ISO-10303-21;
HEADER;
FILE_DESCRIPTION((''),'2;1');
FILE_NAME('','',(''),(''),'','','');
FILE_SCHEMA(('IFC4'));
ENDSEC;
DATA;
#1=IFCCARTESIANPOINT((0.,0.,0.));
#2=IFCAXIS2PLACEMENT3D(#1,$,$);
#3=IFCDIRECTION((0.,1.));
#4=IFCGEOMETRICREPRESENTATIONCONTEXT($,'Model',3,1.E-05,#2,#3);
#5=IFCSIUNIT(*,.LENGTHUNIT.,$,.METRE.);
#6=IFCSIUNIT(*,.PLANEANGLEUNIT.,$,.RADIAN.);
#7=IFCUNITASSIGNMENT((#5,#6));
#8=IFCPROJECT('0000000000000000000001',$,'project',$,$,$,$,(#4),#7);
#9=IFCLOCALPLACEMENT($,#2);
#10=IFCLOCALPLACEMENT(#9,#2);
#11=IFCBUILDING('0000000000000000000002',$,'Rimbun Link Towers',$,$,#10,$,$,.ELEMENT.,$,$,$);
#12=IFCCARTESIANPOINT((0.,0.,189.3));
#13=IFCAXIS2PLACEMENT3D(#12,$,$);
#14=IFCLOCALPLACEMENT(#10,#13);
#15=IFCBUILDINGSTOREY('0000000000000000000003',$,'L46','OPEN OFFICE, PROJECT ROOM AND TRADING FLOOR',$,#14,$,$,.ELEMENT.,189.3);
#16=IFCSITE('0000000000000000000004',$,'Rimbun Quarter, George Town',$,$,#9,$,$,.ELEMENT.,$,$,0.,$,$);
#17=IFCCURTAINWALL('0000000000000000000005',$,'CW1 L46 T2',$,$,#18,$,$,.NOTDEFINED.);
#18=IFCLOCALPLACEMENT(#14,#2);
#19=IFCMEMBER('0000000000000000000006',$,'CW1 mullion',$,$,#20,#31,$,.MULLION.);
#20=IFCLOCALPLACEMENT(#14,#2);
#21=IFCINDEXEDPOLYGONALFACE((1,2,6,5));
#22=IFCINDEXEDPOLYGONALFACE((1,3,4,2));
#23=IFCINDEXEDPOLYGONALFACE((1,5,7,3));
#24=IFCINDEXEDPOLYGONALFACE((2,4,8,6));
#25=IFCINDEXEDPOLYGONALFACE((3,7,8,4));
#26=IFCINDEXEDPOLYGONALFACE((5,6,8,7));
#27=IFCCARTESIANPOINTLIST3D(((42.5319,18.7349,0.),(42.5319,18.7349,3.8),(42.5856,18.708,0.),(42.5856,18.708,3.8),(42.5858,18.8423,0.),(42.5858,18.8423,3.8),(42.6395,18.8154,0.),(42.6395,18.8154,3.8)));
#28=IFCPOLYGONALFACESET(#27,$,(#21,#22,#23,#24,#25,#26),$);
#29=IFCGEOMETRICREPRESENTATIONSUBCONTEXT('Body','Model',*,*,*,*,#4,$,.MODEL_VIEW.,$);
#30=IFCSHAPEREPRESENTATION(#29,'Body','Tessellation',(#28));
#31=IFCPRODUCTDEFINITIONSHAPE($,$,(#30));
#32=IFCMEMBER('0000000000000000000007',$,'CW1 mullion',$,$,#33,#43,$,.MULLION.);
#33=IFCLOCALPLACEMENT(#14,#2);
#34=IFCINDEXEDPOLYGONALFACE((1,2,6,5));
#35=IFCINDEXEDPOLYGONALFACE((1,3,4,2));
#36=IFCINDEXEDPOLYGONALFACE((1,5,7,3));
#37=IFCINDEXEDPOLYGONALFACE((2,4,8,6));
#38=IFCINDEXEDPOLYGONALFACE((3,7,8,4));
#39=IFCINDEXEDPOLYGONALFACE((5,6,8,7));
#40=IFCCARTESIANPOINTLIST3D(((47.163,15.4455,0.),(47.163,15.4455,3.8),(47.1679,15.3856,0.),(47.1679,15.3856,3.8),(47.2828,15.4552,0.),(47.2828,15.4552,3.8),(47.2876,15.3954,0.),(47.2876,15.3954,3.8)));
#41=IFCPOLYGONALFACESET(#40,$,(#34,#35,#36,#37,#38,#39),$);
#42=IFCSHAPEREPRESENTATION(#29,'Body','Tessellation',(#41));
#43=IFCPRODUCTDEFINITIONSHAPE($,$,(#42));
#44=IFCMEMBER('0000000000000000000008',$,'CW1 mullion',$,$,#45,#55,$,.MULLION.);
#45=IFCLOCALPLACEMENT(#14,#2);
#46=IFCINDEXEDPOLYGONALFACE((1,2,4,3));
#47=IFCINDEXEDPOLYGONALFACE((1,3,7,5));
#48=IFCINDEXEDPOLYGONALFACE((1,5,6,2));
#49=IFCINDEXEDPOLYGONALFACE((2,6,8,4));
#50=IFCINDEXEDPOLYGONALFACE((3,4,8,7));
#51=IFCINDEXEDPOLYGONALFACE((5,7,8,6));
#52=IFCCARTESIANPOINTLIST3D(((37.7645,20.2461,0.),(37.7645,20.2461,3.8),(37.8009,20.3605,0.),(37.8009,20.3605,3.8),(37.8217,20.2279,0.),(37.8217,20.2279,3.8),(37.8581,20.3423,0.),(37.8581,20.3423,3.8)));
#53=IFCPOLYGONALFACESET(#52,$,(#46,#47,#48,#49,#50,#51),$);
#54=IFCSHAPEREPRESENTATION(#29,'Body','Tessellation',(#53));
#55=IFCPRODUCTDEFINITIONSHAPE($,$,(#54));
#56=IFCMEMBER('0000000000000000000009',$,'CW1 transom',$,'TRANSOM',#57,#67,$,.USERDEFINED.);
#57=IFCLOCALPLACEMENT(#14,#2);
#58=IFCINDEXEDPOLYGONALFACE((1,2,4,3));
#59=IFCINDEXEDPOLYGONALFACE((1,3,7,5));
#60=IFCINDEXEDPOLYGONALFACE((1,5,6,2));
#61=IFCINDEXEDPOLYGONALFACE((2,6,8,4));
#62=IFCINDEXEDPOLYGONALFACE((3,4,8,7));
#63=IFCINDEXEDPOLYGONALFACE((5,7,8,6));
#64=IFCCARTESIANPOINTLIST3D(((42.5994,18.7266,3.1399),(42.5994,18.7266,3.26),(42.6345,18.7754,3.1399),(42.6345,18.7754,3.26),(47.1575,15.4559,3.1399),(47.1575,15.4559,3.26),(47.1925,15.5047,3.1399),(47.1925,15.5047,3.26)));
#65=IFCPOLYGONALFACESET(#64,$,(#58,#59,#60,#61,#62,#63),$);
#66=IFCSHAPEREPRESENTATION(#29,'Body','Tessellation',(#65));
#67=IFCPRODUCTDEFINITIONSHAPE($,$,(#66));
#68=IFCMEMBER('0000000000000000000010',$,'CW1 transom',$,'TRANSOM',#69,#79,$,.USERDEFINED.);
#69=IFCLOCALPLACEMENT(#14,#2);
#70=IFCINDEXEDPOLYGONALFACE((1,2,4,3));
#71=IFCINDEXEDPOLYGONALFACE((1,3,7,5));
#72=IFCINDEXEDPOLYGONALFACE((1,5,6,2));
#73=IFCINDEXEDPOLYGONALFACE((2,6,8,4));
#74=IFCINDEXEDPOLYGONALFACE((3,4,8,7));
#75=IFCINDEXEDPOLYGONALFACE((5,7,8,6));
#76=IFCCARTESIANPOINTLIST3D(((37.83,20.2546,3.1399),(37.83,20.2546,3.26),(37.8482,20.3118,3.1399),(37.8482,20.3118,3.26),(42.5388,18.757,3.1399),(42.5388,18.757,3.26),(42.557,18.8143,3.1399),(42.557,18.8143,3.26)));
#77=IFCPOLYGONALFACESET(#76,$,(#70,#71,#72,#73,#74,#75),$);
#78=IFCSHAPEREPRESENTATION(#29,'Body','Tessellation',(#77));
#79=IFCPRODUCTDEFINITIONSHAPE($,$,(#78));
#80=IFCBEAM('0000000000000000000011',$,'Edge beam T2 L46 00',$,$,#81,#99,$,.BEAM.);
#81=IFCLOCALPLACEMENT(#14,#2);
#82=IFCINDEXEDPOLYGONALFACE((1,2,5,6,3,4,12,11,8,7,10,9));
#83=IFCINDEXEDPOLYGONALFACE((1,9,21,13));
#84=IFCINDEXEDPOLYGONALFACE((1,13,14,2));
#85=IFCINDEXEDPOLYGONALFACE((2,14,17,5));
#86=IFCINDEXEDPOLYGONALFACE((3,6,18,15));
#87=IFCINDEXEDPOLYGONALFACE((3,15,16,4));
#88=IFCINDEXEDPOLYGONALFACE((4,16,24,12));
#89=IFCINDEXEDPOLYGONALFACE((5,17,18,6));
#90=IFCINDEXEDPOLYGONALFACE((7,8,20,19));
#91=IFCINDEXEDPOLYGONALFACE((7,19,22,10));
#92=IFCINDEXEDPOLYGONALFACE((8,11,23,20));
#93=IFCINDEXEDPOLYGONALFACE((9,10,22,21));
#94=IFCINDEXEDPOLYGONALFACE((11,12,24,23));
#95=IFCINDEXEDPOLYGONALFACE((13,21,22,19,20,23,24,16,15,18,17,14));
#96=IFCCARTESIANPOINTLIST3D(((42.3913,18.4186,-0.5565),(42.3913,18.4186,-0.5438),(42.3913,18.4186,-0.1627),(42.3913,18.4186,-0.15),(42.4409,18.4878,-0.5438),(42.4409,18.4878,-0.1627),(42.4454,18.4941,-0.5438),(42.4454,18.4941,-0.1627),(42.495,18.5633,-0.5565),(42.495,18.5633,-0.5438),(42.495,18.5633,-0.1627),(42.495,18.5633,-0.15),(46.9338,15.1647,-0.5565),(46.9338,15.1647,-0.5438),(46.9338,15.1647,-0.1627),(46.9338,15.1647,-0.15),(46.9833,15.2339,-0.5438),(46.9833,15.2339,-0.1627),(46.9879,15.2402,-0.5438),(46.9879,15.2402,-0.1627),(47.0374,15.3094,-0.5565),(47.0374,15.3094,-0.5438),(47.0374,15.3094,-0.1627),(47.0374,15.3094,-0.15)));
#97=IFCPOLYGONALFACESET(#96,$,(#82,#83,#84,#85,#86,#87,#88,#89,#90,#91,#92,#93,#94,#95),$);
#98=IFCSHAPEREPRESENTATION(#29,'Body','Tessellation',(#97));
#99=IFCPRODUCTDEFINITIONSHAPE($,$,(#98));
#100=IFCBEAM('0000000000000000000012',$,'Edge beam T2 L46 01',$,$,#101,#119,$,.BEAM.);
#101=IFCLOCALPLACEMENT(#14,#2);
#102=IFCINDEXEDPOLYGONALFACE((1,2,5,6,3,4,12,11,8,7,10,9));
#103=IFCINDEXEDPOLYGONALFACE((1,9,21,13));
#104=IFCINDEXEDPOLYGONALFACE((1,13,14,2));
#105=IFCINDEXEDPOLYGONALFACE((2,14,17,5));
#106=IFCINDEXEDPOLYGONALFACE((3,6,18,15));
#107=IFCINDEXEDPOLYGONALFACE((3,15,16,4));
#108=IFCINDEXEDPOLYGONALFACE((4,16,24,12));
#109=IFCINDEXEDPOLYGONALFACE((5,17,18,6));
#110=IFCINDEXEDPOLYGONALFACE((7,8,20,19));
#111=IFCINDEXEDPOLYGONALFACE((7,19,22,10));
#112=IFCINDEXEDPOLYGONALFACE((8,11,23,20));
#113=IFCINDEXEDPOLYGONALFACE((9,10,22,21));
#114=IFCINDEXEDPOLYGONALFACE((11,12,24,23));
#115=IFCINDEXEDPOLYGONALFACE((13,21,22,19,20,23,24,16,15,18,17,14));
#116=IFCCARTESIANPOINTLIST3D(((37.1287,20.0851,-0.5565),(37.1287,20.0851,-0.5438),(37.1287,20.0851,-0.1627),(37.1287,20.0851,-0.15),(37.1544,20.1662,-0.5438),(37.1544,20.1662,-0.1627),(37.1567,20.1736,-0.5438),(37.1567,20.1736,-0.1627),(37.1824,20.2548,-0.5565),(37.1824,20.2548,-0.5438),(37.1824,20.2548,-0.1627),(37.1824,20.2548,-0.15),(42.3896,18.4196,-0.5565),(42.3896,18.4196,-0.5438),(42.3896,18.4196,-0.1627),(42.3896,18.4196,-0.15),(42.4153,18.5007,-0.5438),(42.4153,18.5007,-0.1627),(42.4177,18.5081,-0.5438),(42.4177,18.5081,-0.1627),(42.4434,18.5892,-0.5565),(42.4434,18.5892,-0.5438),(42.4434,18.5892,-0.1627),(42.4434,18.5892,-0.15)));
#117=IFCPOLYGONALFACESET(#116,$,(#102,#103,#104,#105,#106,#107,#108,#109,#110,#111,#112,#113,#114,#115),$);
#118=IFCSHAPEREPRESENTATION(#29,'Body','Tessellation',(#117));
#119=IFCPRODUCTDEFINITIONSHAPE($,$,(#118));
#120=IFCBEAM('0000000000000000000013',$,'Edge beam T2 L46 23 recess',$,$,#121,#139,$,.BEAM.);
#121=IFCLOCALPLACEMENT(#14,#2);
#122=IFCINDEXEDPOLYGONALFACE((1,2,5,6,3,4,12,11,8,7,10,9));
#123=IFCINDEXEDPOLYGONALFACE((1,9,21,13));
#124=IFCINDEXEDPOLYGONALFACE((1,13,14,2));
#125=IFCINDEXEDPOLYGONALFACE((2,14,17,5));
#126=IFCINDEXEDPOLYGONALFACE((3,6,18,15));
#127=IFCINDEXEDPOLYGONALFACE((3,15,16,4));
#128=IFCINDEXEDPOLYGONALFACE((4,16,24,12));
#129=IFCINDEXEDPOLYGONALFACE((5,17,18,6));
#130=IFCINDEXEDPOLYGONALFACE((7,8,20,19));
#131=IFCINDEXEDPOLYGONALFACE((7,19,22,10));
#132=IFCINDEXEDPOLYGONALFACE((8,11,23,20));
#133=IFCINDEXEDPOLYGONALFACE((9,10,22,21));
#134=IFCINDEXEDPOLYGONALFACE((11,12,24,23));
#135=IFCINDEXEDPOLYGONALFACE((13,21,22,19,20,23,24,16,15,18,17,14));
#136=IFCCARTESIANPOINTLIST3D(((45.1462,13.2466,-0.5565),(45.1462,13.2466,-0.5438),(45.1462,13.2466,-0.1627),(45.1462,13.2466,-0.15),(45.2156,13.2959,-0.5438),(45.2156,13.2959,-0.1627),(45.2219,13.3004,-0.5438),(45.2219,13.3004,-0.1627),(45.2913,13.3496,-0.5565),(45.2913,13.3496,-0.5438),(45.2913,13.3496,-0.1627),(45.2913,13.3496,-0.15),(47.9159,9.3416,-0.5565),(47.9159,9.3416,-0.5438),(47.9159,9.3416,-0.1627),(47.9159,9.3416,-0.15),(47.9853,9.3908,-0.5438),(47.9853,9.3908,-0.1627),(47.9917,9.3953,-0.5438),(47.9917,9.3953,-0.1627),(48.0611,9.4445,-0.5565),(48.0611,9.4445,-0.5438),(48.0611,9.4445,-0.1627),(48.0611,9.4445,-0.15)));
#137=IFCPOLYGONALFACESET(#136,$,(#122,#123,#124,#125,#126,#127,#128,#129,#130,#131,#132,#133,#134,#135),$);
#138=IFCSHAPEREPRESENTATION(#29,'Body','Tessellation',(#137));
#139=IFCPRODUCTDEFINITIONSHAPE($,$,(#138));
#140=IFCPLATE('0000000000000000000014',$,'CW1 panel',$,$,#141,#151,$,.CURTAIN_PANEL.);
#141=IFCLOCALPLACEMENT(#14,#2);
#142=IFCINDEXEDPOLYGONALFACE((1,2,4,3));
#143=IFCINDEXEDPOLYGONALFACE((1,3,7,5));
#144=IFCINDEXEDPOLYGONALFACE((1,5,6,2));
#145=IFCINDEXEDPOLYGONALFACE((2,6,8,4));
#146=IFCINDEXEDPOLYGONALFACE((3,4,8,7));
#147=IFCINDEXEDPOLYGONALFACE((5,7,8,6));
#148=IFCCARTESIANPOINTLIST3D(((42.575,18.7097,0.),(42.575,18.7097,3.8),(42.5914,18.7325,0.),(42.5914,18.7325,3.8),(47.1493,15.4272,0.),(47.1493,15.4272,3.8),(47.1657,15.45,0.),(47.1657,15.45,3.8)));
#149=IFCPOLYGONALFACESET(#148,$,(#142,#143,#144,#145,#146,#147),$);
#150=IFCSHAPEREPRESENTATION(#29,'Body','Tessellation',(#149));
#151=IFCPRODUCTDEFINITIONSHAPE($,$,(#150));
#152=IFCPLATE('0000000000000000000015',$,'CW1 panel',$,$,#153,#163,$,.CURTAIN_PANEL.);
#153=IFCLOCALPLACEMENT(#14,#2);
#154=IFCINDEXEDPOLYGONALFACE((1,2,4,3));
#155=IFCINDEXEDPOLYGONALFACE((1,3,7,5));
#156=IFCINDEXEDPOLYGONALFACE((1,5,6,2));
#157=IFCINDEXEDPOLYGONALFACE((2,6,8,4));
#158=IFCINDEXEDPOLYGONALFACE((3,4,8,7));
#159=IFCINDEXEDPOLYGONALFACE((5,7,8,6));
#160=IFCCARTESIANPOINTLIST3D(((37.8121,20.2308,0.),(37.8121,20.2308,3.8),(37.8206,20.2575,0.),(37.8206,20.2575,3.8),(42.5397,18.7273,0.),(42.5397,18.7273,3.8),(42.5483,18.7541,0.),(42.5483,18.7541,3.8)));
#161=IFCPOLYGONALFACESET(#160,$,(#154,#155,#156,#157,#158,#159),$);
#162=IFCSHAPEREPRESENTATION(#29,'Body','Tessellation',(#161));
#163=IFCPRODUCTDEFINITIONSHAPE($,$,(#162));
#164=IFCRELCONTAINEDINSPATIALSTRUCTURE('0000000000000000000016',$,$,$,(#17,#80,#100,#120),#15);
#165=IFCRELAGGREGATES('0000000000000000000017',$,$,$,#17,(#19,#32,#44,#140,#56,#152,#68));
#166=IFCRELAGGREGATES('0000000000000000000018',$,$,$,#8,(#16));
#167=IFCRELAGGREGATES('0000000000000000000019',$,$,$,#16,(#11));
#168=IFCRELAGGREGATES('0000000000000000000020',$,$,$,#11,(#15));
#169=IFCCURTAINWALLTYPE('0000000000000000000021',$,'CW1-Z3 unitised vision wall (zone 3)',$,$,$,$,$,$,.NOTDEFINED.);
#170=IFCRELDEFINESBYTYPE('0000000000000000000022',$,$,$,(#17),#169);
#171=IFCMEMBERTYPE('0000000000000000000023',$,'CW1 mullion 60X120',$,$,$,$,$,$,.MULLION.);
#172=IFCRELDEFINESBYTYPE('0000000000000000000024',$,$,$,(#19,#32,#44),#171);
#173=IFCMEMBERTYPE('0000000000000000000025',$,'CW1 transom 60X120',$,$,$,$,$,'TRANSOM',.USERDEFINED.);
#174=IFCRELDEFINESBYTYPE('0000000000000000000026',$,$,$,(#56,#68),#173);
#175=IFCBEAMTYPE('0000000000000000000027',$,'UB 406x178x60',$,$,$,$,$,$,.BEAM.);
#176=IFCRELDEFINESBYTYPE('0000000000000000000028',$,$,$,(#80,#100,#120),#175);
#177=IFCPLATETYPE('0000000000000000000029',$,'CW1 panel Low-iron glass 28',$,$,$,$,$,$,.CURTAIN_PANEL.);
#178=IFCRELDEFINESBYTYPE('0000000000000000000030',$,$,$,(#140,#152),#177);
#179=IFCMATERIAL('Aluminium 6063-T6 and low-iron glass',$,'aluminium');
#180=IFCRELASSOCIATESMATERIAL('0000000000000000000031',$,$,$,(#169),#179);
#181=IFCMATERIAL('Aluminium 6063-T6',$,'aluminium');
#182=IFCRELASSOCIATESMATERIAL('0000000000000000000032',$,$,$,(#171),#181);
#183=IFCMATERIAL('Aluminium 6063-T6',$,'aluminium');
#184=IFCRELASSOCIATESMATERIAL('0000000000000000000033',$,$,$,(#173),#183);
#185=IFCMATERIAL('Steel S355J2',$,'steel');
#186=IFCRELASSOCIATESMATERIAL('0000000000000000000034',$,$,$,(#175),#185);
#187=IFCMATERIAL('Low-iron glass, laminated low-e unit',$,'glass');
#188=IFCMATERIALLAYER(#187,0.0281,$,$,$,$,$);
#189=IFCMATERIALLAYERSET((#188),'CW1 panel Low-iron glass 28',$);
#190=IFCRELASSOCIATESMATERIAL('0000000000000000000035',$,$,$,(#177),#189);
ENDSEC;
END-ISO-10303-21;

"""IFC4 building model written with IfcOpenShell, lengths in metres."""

from ifc_helpers import new_model, si_unit, direction, frame, origin, origin_2d, place, context, subcontext, project, spatial, rectangle, i_section, extrude, material, layer, layer_set, material_profile, profile_set, type_object, element, aggregate, save


model = new_model("IFC4")

# Units and contexts
model_context = context("Model", 3, precision=1e-05, world=origin(), true_north=direction((0.0, 1.0)))
body_context = subcontext(model_context, "Body", "Model", "MODEL_VIEW")
ifc_project = project(units=[si_unit("LENGTHUNIT", "METRE"), si_unit("PLANEANGLEUNIT", "RADIAN")], contexts=[model_context])

# Site, building, storey
site_placement = place(None, origin())
site = spatial("IfcSite", under=ifc_project, at=site_placement, Name="Rimbun Quarter, George Town", CompositionType="ELEMENT", RefElevation=0.0)
building_placement = place(site_placement, origin())
building = spatial("IfcBuilding", under=site, at=building_placement, Name="Rimbun Link Towers", CompositionType="ELEMENT")
storey_placement = place(building_placement, frame((0.0, 0.0, 189.3)))
storey = spatial("IfcBuildingStorey", under=building, at=storey_placement, Name="L46", Description="OPEN OFFICE, PROJECT ROOM AND TRADING FLOOR", CompositionType="ELEMENT", Elevation=189.3)

# Curtain wall, members
ifc_material_1 = material(Name="Aluminium 6063-T6 and low-iron glass", Category="aluminium")
curtain_wall_type = type_object("IfcCurtainWallType", Name="CW1-Z3 unitised vision wall (zone 3)", PredefinedType="NOTDEFINED", material=ifc_material_1)
curtain_wall_placement = place(storey_placement, origin())
curtain_wall = element("IfcCurtainWall", 1, at=curtain_wall_placement, inside=storey, type_object=curtain_wall_type, Name="CW1 L46 T2", PredefinedType="NOTDEFINED")
ifc_material_2 = material(Name="Aluminium 6063-T6", Category="aluminium")
ifc_material_profile_1 = material_profile(ifc_material_2, rectangle(XDim=0.1201, YDim=0.0601, at=origin_2d()), Name="MULLION 60X120")
ifc_profile_set_1 = profile_set([ifc_material_profile_1], Name="Aluminium 6063-T6")
member_type_1 = type_object("IfcMemberType", Name="CW1 mullion 60X120", PredefinedType="MULLION", material=ifc_profile_set_1)
member_1_placement = place(storey_placement, frame((42.5857, 18.7751, 0.0), z_axis=(0.0, 0.0, 1.0), x_axis=(0.44857, 0.893748, 0.0)))
member_1 = element("IfcMember", 2, at=member_1_placement, type_object=member_type_1, Name="CW1 mullion", PredefinedType="MULLION", context=body_context, shape_type="SweptSolid", body=[
    extrude(rectangle(XDim=0.1201, YDim=0.0601, at=origin_2d()), origin(), (0.0, 0.0, 1.0), 3.8),
])
member_2_placement = place(storey_placement, frame((47.2253, 15.4204, 0.0), z_axis=(0.0, 0.0, 1.0), x_axis=(0.996682, 0.081391, 0.0)))
member_2 = element("IfcMember", 3, at=member_2_placement, type_object=member_type_1, Name="CW1 mullion", PredefinedType="MULLION", context=body_context, shape_type="SweptSolid", body=[
    extrude(rectangle(XDim=0.1201, YDim=0.0601, at=origin_2d()), origin(), (0.0, 0.0, 1.0), 3.8),
])
member_3_placement = place(storey_placement, frame((37.8113, 20.2942, 0.0), z_axis=(0.0, 0.0, 1.0), x_axis=(0.303053, 0.952974, 0.0)))
member_3 = element("IfcMember", 4, at=member_3_placement, type_object=member_type_1, Name="CW1 mullion", PredefinedType="MULLION", context=body_context, shape_type="SweptSolid", body=[
    extrude(rectangle(XDim=0.1201, YDim=0.0601, at=origin_2d()), origin(), (0.0, 0.0, 1.0), 3.8),
])
ifc_material_3 = material(Name="Aluminium 6063-T6", Category="aluminium")
ifc_material_profile_2 = material_profile(ifc_material_3, rectangle(XDim=0.0601, YDim=0.1201, at=origin_2d()), Name="TRANSOM 60X120")
ifc_profile_set_2 = profile_set([ifc_material_profile_2], Name="Aluminium 6063-T6")
member_type_2 = type_object("IfcMemberType", Name="CW1 transom 60X120", ElementType="TRANSOM", PredefinedType="USERDEFINED", material=ifc_profile_set_2)
member_4_placement = place(storey_placement, frame((42.6169, 18.751, 3.2), z_axis=(0.81247, -0.583003, 0.0), x_axis=(0.583003, 0.81247, 0.0)))
member_4 = element("IfcMember", 5, at=member_4_placement, type_object=member_type_2, Name="CW1 transom", ObjectType="TRANSOM", PredefinedType="USERDEFINED", context=body_context, shape_type="SweptSolid", body=[
    extrude(rectangle(XDim=0.0601, YDim=0.1201, at=origin_2d()), origin(), (0.0, 0.0, 1.0), 5.6101),
])
member_5_placement = place(storey_placement, frame((37.8391, 20.2832, 3.2), z_axis=(0.952965, -0.303079, 0.0), x_axis=(0.303079, 0.952965, 0.0)))
member_5 = element("IfcMember", 6, at=member_5_placement, type_object=member_type_2, Name="CW1 transom", ObjectType="TRANSOM", PredefinedType="USERDEFINED", context=body_context, shape_type="SweptSolid", body=[
    extrude(rectangle(XDim=0.0601, YDim=0.1201, at=origin_2d()), origin(), (0.0, 0.0, 1.0), 4.9412),
])

# Beams
ifc_material_4 = material(Name="Steel S355J2", Category="steel")
ifc_material_profile_3 = material_profile(ifc_material_4, i_section(OverallWidth=0.178, OverallDepth=0.4065, WebThickness=0.0078, FlangeThickness=0.0127, at=origin_2d()), Name="UB 406x178x60")
ifc_profile_set_3 = profile_set([ifc_material_profile_3], Name="Steel S355J2")
beam_type = type_object("IfcBeamType", Name="UB 406x178x60", PredefinedType="BEAM", material=ifc_profile_set_3)
beam_1_placement = place(storey_placement, frame((46.9856, 15.2371, -0.3533), z_axis=(-0.812947, 0.582337, 0.0), x_axis=(-0.582337, -0.812947, 0.0)))
element("IfcBeam", 7, at=beam_1_placement, inside=storey, type_object=beam_type, Name="Edge beam T2 L46 00", PredefinedType="BEAM", context=body_context, shape_type="SweptSolid", body=[
    extrude(i_section(OverallWidth=0.178, OverallDepth=0.4065, WebThickness=0.0078, FlangeThickness=0.0127, at=origin_2d()), origin(), (0.0, 0.0, 1.0), 5.5876),
])
beam_2_placement = place(storey_placement, frame((42.4165, 18.5044, -0.3533), z_axis=(-0.953366, 0.301817, 0.0), x_axis=(-0.301817, -0.953366, 0.0)))
element("IfcBeam", 8, at=beam_2_placement, inside=storey, type_object=beam_type, Name="Edge beam T2 L46 01", PredefinedType="BEAM", context=body_context, shape_type="SweptSolid", body=[
    extrude(i_section(OverallWidth=0.178, OverallDepth=0.4065, WebThickness=0.0078, FlangeThickness=0.0127, at=origin_2d()), origin(), (0.0, 0.0, 1.0), 5.5183),
])
beam_3_placement = place(storey_placement, frame((47.9885, 9.3931, -0.3533), z_axis=(-0.578534, 0.815659, 0.0), x_axis=(-0.815659, -0.578534, 0.0)))
element("IfcBeam", 9, at=beam_3_placement, inside=storey, type_object=beam_type, Name="Edge beam T2 L46 23 recess", PredefinedType="BEAM", context=body_context, shape_type="SweptSolid", body=[
    extrude(i_section(OverallWidth=0.178, OverallDepth=0.4065, WebThickness=0.0078, FlangeThickness=0.0127, at=origin_2d()), origin(), (0.0, 0.0, 1.0), 4.7876),
])

# Plates
ifc_material_5 = material(Name="Low-iron glass, laminated low-e unit", Category="glass")
ifc_layer_1 = layer(ifc_material_5, 0.0281)
ifc_layer_set_1 = layer_set([ifc_layer_1], Name="CW1 panel Low-iron glass 28")
plate_type = type_object("IfcPlateType", Name="CW1 panel Low-iron glass 28", PredefinedType="CURTAIN_PANEL", material=ifc_layer_set_1)
plate_1_placement = place(storey_placement, frame((44.8704, 17.0798, 0.0), z_axis=(0.0, 0.0, 1.0), x_axis=(0.812461, -0.583015, 0.0)))
plate_1 = element("IfcPlate", 10, at=plate_1_placement, type_object=plate_type, Name="CW1 panel", PredefinedType="CURTAIN_PANEL", context=body_context, shape_type="SweptSolid", body=[
    extrude(rectangle(XDim=5.6301, YDim=0.0281, at=origin_2d()), origin(), (0.0, 0.0, 1.0), 3.8),
])
plate_2_placement = place(storey_placement, frame((40.1802, 19.4924, 0.0), z_axis=(0.0, 0.0, 1.0), x_axis=(0.952974, -0.303053, 0.0)))
plate_2 = element("IfcPlate", 11, at=plate_2_placement, type_object=plate_type, Name="CW1 panel", PredefinedType="CURTAIN_PANEL", context=body_context, shape_type="SweptSolid", body=[
    extrude(rectangle(XDim=4.9609, YDim=0.0281, at=origin_2d()), origin(), (0.0, 0.0, 1.0), 3.8),
])
aggregate(curtain_wall, [member_1, member_2, member_3, plate_1, member_4, plate_2, member_5])

save(model, "model.ifc")
